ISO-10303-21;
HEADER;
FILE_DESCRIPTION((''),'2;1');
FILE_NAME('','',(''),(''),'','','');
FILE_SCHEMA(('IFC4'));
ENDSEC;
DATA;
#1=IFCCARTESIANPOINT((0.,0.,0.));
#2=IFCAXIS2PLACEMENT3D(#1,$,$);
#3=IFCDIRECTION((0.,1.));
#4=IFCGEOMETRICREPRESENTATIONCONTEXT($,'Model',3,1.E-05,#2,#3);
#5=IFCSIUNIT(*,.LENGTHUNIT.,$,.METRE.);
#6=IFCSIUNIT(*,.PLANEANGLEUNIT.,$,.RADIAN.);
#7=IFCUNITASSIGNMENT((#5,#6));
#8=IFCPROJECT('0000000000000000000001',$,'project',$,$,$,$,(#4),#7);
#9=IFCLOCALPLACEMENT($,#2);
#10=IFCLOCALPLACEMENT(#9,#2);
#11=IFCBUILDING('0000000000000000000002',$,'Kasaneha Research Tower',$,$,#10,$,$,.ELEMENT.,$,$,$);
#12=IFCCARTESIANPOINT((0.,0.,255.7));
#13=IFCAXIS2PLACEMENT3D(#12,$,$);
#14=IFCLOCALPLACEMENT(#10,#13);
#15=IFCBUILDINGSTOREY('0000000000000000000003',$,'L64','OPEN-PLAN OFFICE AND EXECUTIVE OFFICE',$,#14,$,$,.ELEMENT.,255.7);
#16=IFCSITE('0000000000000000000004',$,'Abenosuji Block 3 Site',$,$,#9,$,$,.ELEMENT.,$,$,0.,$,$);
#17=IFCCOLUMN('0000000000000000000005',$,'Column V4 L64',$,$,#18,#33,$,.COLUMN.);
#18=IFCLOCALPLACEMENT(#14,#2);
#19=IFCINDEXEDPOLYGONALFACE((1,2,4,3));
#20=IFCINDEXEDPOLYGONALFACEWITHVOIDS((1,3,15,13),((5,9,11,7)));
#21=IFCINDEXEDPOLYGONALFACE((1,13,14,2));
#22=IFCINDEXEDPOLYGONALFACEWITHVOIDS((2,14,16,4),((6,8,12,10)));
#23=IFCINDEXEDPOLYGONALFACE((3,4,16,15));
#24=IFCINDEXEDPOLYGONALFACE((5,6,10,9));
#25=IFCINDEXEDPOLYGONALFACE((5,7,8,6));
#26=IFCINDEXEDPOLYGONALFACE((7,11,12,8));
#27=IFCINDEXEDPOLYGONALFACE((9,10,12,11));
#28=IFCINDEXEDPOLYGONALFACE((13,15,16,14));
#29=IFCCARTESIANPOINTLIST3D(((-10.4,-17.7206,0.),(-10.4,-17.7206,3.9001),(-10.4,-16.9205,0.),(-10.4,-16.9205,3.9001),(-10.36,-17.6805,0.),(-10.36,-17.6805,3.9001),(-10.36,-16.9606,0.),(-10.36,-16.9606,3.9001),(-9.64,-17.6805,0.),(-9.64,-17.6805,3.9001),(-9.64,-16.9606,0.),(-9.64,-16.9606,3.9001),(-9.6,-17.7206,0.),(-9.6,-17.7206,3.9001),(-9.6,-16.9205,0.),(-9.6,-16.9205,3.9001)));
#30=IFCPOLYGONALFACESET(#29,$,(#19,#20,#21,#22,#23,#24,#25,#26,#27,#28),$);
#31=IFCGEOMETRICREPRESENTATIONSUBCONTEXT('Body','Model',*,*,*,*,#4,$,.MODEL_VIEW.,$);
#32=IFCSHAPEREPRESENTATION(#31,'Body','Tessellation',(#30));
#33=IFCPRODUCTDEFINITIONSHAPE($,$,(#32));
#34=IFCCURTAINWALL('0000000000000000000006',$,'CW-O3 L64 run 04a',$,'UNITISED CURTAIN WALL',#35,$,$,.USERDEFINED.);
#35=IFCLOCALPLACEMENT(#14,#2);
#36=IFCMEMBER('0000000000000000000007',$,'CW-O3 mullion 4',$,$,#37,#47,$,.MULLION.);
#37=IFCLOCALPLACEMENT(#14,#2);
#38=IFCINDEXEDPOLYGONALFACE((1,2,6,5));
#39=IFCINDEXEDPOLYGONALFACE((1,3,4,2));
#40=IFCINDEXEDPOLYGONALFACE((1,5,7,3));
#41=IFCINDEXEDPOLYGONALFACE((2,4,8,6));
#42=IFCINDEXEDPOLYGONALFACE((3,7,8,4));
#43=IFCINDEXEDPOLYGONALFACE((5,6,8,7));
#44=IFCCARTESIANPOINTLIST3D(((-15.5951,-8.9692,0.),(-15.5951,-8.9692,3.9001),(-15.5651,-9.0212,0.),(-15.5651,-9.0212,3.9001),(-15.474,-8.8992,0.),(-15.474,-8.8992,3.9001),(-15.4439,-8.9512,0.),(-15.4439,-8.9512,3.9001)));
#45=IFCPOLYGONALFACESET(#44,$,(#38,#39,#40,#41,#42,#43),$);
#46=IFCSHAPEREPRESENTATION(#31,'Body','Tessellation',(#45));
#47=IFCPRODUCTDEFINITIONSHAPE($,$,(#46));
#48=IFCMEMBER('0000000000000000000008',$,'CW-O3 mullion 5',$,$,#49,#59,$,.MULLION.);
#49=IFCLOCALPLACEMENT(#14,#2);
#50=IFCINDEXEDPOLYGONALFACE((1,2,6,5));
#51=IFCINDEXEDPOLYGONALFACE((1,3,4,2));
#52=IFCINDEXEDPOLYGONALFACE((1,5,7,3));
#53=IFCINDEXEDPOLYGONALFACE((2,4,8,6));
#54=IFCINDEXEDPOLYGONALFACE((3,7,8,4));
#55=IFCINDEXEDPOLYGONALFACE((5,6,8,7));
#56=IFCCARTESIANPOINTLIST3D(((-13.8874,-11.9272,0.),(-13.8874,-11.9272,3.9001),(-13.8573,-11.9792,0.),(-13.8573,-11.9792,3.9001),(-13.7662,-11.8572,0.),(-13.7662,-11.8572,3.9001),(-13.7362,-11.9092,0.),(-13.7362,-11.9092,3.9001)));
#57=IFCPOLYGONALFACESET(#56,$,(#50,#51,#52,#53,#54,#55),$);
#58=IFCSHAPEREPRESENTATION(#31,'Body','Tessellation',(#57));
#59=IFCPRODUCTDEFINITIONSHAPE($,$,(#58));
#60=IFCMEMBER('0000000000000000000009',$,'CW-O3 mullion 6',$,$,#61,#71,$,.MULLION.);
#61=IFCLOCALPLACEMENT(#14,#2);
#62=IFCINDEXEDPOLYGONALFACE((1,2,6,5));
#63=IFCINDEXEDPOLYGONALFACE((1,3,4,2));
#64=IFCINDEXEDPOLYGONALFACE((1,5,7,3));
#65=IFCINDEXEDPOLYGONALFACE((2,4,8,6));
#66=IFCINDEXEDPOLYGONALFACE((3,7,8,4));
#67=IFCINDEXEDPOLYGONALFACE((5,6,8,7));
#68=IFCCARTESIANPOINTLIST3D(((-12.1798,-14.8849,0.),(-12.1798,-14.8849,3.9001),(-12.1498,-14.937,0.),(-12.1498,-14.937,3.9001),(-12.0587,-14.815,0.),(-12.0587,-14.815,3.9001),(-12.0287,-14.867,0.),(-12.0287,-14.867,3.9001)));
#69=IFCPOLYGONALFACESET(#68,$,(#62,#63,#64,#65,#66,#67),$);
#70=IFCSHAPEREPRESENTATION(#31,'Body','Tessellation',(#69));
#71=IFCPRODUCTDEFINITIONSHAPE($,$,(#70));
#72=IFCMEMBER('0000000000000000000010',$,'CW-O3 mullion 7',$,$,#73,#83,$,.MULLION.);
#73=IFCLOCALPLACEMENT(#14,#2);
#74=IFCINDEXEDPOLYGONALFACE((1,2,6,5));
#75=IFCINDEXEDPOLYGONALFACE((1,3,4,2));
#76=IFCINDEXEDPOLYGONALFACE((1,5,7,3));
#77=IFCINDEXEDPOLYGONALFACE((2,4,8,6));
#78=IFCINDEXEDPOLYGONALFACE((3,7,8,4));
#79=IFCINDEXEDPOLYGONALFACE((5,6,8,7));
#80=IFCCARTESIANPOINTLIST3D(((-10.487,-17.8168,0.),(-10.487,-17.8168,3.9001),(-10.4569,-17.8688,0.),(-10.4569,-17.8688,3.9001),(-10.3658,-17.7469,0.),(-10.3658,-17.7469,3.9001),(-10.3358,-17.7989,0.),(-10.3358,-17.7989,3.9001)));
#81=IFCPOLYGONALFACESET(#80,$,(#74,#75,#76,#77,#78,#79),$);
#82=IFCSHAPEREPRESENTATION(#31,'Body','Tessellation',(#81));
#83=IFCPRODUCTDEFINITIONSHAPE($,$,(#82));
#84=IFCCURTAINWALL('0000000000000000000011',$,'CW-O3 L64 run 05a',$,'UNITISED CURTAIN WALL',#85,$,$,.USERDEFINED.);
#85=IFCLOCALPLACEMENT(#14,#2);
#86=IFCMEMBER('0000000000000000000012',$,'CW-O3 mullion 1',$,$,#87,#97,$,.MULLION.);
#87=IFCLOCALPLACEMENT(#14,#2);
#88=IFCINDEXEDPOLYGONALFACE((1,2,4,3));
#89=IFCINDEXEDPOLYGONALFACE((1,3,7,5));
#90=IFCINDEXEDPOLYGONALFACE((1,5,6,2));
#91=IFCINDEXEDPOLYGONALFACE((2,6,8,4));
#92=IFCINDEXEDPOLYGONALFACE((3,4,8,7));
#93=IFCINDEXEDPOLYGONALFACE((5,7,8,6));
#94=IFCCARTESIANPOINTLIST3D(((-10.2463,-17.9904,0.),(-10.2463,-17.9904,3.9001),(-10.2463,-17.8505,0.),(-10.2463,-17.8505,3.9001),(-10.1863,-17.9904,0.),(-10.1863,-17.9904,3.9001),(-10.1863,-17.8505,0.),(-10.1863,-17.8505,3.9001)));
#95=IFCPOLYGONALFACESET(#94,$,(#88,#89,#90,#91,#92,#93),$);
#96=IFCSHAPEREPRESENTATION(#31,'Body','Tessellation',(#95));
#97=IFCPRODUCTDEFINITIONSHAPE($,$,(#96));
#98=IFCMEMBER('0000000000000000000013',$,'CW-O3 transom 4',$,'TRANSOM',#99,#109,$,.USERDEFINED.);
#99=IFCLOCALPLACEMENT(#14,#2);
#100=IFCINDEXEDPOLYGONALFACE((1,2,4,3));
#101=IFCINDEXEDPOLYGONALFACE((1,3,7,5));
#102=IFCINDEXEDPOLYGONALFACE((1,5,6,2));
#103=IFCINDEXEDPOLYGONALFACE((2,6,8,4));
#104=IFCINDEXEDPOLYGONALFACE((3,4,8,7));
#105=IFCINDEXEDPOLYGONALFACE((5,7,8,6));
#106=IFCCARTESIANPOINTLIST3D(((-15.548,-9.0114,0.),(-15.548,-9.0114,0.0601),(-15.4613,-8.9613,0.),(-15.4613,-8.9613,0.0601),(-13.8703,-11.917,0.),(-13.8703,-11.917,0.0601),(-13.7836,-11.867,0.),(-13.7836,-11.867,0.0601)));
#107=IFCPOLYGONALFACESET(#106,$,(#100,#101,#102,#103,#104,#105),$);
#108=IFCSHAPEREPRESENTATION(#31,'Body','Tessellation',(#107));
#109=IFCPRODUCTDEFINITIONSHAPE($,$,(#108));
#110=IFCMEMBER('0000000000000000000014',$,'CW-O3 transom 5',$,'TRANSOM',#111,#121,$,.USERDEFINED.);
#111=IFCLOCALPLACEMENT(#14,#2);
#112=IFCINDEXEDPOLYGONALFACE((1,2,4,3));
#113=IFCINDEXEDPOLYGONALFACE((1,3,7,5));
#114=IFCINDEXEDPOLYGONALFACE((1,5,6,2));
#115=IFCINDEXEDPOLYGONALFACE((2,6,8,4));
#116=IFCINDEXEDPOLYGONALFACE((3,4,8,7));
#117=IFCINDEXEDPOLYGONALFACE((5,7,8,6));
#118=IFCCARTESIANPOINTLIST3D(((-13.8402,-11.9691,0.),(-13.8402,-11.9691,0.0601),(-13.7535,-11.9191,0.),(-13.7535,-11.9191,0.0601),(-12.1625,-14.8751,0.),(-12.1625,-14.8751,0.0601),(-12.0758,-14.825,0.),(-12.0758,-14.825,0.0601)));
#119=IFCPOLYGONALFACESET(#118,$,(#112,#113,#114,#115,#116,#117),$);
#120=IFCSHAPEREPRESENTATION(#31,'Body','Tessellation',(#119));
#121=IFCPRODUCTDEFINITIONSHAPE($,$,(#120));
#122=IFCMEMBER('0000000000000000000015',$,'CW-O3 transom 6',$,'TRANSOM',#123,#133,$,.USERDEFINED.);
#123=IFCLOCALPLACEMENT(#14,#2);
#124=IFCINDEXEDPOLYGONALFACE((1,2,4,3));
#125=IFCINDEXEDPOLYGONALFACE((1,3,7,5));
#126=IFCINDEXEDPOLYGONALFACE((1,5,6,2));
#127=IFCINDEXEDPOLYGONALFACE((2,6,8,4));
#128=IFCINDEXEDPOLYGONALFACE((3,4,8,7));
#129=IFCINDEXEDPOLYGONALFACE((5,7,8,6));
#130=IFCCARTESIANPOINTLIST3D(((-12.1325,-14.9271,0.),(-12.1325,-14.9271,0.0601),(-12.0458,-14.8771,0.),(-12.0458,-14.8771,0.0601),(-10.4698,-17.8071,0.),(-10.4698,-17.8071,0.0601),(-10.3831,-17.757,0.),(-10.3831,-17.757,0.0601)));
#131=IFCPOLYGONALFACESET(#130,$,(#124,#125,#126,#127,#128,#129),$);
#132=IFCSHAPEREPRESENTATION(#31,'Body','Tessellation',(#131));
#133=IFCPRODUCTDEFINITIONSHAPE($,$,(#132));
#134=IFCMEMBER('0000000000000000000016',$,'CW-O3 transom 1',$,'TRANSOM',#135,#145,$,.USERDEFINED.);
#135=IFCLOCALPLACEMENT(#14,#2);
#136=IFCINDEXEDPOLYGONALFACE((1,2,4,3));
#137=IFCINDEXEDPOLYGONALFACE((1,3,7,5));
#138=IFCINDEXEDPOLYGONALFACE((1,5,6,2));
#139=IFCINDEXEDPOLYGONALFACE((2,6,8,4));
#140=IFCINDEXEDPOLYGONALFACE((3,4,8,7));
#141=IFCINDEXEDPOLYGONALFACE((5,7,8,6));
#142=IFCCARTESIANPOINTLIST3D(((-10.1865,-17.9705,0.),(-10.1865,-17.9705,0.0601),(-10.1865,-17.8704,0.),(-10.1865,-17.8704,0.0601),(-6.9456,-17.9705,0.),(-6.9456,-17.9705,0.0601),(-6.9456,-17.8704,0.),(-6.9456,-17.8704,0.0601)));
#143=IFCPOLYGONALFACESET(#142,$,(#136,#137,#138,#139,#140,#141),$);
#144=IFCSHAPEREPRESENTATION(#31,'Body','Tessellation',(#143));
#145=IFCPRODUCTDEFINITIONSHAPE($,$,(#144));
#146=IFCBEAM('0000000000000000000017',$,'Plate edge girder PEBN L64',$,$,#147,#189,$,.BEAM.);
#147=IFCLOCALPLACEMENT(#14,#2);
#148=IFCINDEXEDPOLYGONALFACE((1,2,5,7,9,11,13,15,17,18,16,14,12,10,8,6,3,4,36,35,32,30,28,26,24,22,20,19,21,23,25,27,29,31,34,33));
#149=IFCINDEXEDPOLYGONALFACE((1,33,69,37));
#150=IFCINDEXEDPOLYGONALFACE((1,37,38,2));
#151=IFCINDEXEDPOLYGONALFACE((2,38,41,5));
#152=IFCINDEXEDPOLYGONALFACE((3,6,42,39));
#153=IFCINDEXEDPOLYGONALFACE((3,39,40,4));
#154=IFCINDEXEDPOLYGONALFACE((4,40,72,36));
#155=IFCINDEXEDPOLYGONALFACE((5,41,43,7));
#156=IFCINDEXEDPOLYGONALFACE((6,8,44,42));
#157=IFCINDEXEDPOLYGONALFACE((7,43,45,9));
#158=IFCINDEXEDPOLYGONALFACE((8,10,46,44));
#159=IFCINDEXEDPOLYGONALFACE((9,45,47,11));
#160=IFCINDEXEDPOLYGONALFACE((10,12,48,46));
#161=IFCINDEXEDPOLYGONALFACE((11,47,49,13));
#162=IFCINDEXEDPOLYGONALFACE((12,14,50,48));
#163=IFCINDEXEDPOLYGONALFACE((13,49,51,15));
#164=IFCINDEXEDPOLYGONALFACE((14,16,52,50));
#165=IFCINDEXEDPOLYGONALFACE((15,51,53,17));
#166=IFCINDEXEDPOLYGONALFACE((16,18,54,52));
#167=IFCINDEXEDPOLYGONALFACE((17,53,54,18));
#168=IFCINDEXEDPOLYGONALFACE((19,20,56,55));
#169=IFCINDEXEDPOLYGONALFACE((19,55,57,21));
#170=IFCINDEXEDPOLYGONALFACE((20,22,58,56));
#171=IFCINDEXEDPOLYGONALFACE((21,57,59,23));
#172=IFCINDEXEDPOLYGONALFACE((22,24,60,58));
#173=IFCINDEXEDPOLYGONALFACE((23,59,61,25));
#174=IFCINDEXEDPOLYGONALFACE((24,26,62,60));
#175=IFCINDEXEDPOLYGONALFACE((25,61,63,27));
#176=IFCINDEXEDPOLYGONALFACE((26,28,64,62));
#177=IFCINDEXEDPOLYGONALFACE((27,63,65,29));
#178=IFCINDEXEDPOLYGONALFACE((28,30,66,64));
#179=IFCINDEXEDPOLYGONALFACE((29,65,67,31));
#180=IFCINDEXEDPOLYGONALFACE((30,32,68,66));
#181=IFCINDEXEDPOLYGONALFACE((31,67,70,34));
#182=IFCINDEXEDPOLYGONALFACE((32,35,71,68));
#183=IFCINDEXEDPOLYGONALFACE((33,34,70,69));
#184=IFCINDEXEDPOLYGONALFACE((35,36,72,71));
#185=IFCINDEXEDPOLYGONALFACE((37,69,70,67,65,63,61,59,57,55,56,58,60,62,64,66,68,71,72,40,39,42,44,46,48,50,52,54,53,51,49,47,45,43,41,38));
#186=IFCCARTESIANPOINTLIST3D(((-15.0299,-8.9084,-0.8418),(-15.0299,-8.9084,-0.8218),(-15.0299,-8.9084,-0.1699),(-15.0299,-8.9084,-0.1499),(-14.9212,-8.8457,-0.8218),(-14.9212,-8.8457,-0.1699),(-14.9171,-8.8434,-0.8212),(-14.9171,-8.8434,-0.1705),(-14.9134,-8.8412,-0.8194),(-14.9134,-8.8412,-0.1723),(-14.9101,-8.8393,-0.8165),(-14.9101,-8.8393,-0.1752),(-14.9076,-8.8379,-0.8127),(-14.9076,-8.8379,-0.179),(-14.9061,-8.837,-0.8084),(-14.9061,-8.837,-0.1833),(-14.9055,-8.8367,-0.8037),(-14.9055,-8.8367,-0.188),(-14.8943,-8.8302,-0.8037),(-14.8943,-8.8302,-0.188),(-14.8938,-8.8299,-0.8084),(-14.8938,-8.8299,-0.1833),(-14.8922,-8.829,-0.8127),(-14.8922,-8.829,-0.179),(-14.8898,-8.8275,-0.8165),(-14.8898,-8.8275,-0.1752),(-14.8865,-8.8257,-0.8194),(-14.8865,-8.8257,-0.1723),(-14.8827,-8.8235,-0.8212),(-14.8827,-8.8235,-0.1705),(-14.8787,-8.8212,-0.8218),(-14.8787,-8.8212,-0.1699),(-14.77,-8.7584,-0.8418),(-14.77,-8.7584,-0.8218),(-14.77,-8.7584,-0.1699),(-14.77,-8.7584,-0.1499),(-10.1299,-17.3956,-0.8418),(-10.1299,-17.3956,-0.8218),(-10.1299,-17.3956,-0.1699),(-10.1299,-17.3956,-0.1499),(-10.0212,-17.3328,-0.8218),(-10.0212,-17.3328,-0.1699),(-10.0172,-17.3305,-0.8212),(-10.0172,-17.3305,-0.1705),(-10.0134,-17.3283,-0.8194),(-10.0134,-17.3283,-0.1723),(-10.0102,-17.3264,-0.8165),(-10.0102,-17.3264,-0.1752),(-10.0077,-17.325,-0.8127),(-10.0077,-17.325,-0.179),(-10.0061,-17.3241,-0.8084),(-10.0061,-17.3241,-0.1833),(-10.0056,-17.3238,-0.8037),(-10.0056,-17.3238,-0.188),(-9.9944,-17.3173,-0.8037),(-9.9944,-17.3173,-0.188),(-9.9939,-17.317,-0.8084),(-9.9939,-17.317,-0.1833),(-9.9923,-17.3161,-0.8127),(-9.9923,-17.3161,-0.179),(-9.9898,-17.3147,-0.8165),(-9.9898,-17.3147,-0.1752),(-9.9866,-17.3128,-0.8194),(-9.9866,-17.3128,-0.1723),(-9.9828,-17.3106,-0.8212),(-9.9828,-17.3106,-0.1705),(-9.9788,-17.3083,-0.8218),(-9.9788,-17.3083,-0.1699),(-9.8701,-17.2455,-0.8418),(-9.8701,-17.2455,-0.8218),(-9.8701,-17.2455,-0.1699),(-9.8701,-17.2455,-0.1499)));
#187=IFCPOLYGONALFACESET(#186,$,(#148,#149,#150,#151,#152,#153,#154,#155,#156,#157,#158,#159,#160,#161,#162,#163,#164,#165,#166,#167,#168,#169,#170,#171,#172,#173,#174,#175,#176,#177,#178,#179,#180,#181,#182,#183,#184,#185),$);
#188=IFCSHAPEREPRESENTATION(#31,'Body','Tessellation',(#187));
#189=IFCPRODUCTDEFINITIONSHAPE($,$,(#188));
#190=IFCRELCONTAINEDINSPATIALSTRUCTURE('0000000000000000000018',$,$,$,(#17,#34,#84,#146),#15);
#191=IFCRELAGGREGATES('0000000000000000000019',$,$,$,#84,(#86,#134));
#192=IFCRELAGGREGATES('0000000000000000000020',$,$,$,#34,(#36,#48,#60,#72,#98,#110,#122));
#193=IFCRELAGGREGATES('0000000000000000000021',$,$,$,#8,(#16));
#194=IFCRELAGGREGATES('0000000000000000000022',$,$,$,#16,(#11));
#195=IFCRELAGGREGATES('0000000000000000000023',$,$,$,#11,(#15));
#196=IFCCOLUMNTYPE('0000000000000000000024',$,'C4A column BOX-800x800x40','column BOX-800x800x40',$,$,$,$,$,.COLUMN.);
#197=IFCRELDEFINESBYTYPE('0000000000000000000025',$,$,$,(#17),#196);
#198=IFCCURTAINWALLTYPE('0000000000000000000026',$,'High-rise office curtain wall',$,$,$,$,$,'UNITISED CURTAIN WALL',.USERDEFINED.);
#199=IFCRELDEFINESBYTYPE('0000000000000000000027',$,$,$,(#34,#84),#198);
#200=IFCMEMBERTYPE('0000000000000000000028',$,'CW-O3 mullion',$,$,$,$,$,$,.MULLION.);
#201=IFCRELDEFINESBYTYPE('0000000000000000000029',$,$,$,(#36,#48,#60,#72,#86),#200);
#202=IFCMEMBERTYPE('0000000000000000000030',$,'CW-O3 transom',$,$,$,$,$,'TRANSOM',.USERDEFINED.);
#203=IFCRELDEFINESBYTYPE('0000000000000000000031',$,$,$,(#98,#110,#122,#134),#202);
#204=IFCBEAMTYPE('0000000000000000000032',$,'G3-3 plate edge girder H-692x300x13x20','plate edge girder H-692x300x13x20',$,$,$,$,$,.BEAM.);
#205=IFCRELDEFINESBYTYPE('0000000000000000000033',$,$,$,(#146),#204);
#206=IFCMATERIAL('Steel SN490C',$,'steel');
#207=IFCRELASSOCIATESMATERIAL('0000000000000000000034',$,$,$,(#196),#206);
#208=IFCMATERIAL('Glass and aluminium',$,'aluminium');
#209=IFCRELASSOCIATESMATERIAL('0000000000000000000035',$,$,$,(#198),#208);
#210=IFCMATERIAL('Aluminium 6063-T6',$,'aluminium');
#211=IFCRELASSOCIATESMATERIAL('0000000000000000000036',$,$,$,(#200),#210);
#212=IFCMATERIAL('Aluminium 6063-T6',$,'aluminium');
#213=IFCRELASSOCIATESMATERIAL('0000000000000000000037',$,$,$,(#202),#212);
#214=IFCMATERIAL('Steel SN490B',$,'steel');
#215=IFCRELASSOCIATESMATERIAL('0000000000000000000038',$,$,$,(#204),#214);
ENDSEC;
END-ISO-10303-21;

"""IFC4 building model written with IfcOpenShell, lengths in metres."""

from ifc_helpers import new_model, si_unit, direction, frame, origin, origin_2d, place, context, subcontext, project, spatial, rectangle, hollow_rectangle, i_section, extrude, material, material_profile, profile_set, type_object, element, aggregate, save


model = new_model("IFC4")

# Units and contexts
model_context = context("Model", 3, precision=1e-05, world=origin(), true_north=direction((0.0, 1.0)))
body_context = subcontext(model_context, "Body", "Model", "MODEL_VIEW")
ifc_project = project(units=[si_unit("LENGTHUNIT", "METRE"), si_unit("PLANEANGLEUNIT", "RADIAN")], contexts=[model_context])

# Site, building, storey
site_placement = place(None, origin())
site = spatial("IfcSite", under=ifc_project, at=site_placement, Name="Abenosuji Block 3 Site", CompositionType="ELEMENT", RefElevation=0.0)
building_placement = place(site_placement, origin())
building = spatial("IfcBuilding", under=site, at=building_placement, Name="Kasaneha Research Tower", CompositionType="ELEMENT")
storey_placement = place(building_placement, frame((0.0, 0.0, 255.7)))
storey = spatial("IfcBuildingStorey", under=building, at=storey_placement, Name="L64", Description="OPEN-PLAN OFFICE AND EXECUTIVE OFFICE", CompositionType="ELEMENT", Elevation=255.7)

# Column
ifc_material_1 = material(Name="Steel SN490C", Category="steel")
ifc_material_profile_1 = material_profile(ifc_material_1, hollow_rectangle(XDim=0.8, YDim=0.8, WallThickness=0.04, at=origin_2d()), Name="BOX-800x800x40")
ifc_profile_set_1 = profile_set([ifc_material_profile_1], Name="Steel SN490C")
column_type = type_object("IfcColumnType", Name="C4A column BOX-800x800x40", Description="column BOX-800x800x40", PredefinedType="COLUMN", material=ifc_profile_set_1)
column_placement = place(storey_placement, frame((-10.0, -17.3206, 0.0), z_axis=(0.0, 0.0, 1.0), x_axis=(1.0, 0.0, 0.0)))
element("IfcColumn", 1, at=column_placement, inside=storey, type_object=column_type, Name="Column V4 L64", PredefinedType="COLUMN", context=body_context, shape_type="SweptSolid", body=[
    extrude(hollow_rectangle(XDim=0.8, YDim=0.8, WallThickness=0.04, at=origin_2d()), origin(), (0.0, 0.0, 1.0), 3.9001),
])

# Curtain wall, members
ifc_material_2 = material(Name="Glass and aluminium", Category="aluminium")
curtain_wall_type = type_object("IfcCurtainWallType", Name="High-rise office curtain wall", ElementType="UNITISED CURTAIN WALL", PredefinedType="USERDEFINED", material=ifc_material_2)
curtain_wall_1_placement = place(storey_placement, origin())
curtain_wall_1 = element("IfcCurtainWall", 2, at=curtain_wall_1_placement, inside=storey, type_object=curtain_wall_type, Name="CW-O3 L64 run 04a", ObjectType="UNITISED CURTAIN WALL", PredefinedType="USERDEFINED")
ifc_material_3 = material(Name="Aluminium 6063-T6", Category="aluminium")
ifc_material_profile_2 = material_profile(ifc_material_3, rectangle(XDim=0.0601, YDim=0.1399, at=origin_2d()), Name="CW-O3 mullion 60x140")
ifc_profile_set_2 = profile_set([ifc_material_profile_2], Name="Aluminium 6063-T6")
member_type_1 = type_object("IfcMemberType", Name="CW-O3 mullion", PredefinedType="MULLION", material=ifc_profile_set_2)
member_1_placement = place(storey_placement, frame((-15.5195, -8.9602, 0.0), z_axis=(0.0, 0.0, 1.0), x_axis=(0.5, -0.866025, 0.0)))
member_1 = element("IfcMember", 3, at=member_1_placement, type_object=member_type_1, Name="CW-O3 mullion 4", PredefinedType="MULLION", context=body_context, shape_type="SweptSolid", body=[
    extrude(rectangle(XDim=0.0601, YDim=0.1399, at=origin_2d()), origin(), (0.0, 0.0, 1.0), 3.9001),
])
member_2_placement = place(storey_placement, frame((-13.8118, -11.9182, 0.0), z_axis=(0.0, 0.0, 1.0), x_axis=(0.5, -0.866025, 0.0)))
member_2 = element("IfcMember", 4, at=member_2_placement, type_object=member_type_1, Name="CW-O3 mullion 5", PredefinedType="MULLION", context=body_context, shape_type="SweptSolid", body=[
    extrude(rectangle(XDim=0.0601, YDim=0.1399, at=origin_2d()), origin(), (0.0, 0.0, 1.0), 3.9001),
])
member_3_placement = place(storey_placement, frame((-12.1042, -14.876, 0.0), z_axis=(0.0, 0.0, 1.0), x_axis=(0.5, -0.866025, 0.0)))
member_3 = element("IfcMember", 5, at=member_3_placement, type_object=member_type_1, Name="CW-O3 mullion 6", PredefinedType="MULLION", context=body_context, shape_type="SweptSolid", body=[
    extrude(rectangle(XDim=0.0601, YDim=0.1399, at=origin_2d()), origin(), (0.0, 0.0, 1.0), 3.9001),
])
member_4_placement = place(storey_placement, frame((-10.4114, -17.8079, 0.0), z_axis=(0.0, 0.0, 1.0), x_axis=(0.5, -0.866025, 0.0)))
member_4 = element("IfcMember", 6, at=member_4_placement, type_object=member_type_1, Name="CW-O3 mullion 7", PredefinedType="MULLION", context=body_context, shape_type="SweptSolid", body=[
    extrude(rectangle(XDim=0.0601, YDim=0.1399, at=origin_2d()), origin(), (0.0, 0.0, 1.0), 3.9001),
])

# Curtain wall, member
curtain_wall_2_placement = place(storey_placement, origin())
curtain_wall_2 = element("IfcCurtainWall", 7, at=curtain_wall_2_placement, inside=storey, type_object=curtain_wall_type, Name="CW-O3 L64 run 05a", ObjectType="UNITISED CURTAIN WALL", PredefinedType="USERDEFINED")
member_5_placement = place(storey_placement, frame((-10.2163, -17.9204, 0.0), z_axis=(0.0, 0.0, 1.0), x_axis=(1.0, 0.0, 0.0)))
member_5 = element("IfcMember", 8, at=member_5_placement, type_object=member_type_1, Name="CW-O3 mullion 1", PredefinedType="MULLION", context=body_context, shape_type="SweptSolid", body=[
    extrude(rectangle(XDim=0.0601, YDim=0.1399, at=origin_2d()), origin(), (0.0, 0.0, 1.0), 3.9001),
])

# Members
ifc_material_4 = material(Name="Aluminium 6063-T6", Category="aluminium")
ifc_material_profile_3 = material_profile(ifc_material_4, rectangle(XDim=0.1001, YDim=0.0601, at=origin_2d()), Name="CW-O3 transom 100x60")
ifc_profile_set_3 = profile_set([ifc_material_profile_3], Name="Aluminium 6063-T6")
member_type_2 = type_object("IfcMemberType", Name="CW-O3 transom", ElementType="TRANSOM", PredefinedType="USERDEFINED", material=ifc_profile_set_3)
member_6_placement = place(storey_placement, frame((-15.5046, -8.9863, 0.03), z_axis=(0.500021, -0.866014, 0.0), x_axis=(0.866014, 0.500021, 0.0)))
member_6 = element("IfcMember", 9, at=member_6_placement, type_object=member_type_2, Name="CW-O3 transom 4", ObjectType="TRANSOM", PredefinedType="USERDEFINED", context=body_context, shape_type="SweptSolid", body=[
    extrude(rectangle(XDim=0.1001, YDim=0.0601, at=origin_2d()), origin(), (0.0, 0.0, 1.0), 3.3552),
])
member_7_placement = place(storey_placement, frame((-13.7969, -11.9441, 0.03), z_axis=(0.499989, -0.866032, 0.0), x_axis=(0.866032, 0.499989, 0.0)))
member_7 = element("IfcMember", 10, at=member_7_placement, type_object=member_type_2, Name="CW-O3 transom 5", ObjectType="TRANSOM", PredefinedType="USERDEFINED", context=body_context, shape_type="SweptSolid", body=[
    extrude(rectangle(XDim=0.1001, YDim=0.0601, at=origin_2d()), origin(), (0.0, 0.0, 1.0), 3.3555),
])
member_8_placement = place(storey_placement, frame((-12.0891, -14.9021, 0.03), z_axis=(0.499977, -0.866039, 0.0), x_axis=(0.866039, 0.499977, 0.0)))
member_8 = element("IfcMember", 11, at=member_8_placement, type_object=member_type_2, Name="CW-O3 transom 6", ObjectType="TRANSOM", PredefinedType="USERDEFINED", context=body_context, shape_type="SweptSolid", body=[
    extrude(rectangle(XDim=0.1001, YDim=0.0601, at=origin_2d()), origin(), (0.0, 0.0, 1.0), 3.3254),
])
member_9_placement = place(storey_placement, frame((-10.1865, -17.9204, 0.03), z_axis=(1.0, 0.0, 0.0), x_axis=(0.0, 1.0, 0.0)))
member_9 = element("IfcMember", 12, at=member_9_placement, type_object=member_type_2, Name="CW-O3 transom 1", ObjectType="TRANSOM", PredefinedType="USERDEFINED", context=body_context, shape_type="SweptSolid", body=[
    extrude(rectangle(XDim=0.1001, YDim=0.0601, at=origin_2d()), origin(), (0.0, 0.0, 1.0), 3.241),
])
aggregate(curtain_wall_2, [member_5, member_9])

# Beam
ifc_material_5 = material(Name="Steel SN490B", Category="steel")
ifc_material_profile_4 = material_profile(ifc_material_5, i_section(OverallWidth=0.3, OverallDepth=0.6919, WebThickness=0.0129, FlangeThickness=0.02, FilletRadius=0.0181, at=origin_2d()), Name="H-692x300x13x20")
ifc_profile_set_4 = profile_set([ifc_material_profile_4], Name="Steel SN490B")
beam_type_1 = type_object("IfcBeamType", Name="G3-3 plate edge girder H-692x300x13x20", Description="plate edge girder H-692x300x13x20", PredefinedType="BEAM", material=ifc_profile_set_4)
beam_1_placement = place(storey_placement, frame((-10.0, -17.3206, -0.4958), z_axis=(-0.499992, 0.86603, 0.0), x_axis=(-0.86603, -0.499992, 0.0)))
element("IfcBeam", 13, at=beam_1_placement, inside=storey, type_object=beam_type_1, Name="Plate edge girder PEBN L64", PredefinedType="BEAM", context=body_context, shape_type="SweptSolid", body=[
    extrude(i_section(OverallWidth=0.3, OverallDepth=0.6919, WebThickness=0.0129, FlangeThickness=0.02, FilletRadius=0.0181, at=origin_2d()), origin(), (0.0, 0.0, 1.0), 9.8),
])

aggregate(curtain_wall_1, [member_1, member_2, member_3, member_4, member_6, member_7, member_8])

save(model, "model.ifc")
